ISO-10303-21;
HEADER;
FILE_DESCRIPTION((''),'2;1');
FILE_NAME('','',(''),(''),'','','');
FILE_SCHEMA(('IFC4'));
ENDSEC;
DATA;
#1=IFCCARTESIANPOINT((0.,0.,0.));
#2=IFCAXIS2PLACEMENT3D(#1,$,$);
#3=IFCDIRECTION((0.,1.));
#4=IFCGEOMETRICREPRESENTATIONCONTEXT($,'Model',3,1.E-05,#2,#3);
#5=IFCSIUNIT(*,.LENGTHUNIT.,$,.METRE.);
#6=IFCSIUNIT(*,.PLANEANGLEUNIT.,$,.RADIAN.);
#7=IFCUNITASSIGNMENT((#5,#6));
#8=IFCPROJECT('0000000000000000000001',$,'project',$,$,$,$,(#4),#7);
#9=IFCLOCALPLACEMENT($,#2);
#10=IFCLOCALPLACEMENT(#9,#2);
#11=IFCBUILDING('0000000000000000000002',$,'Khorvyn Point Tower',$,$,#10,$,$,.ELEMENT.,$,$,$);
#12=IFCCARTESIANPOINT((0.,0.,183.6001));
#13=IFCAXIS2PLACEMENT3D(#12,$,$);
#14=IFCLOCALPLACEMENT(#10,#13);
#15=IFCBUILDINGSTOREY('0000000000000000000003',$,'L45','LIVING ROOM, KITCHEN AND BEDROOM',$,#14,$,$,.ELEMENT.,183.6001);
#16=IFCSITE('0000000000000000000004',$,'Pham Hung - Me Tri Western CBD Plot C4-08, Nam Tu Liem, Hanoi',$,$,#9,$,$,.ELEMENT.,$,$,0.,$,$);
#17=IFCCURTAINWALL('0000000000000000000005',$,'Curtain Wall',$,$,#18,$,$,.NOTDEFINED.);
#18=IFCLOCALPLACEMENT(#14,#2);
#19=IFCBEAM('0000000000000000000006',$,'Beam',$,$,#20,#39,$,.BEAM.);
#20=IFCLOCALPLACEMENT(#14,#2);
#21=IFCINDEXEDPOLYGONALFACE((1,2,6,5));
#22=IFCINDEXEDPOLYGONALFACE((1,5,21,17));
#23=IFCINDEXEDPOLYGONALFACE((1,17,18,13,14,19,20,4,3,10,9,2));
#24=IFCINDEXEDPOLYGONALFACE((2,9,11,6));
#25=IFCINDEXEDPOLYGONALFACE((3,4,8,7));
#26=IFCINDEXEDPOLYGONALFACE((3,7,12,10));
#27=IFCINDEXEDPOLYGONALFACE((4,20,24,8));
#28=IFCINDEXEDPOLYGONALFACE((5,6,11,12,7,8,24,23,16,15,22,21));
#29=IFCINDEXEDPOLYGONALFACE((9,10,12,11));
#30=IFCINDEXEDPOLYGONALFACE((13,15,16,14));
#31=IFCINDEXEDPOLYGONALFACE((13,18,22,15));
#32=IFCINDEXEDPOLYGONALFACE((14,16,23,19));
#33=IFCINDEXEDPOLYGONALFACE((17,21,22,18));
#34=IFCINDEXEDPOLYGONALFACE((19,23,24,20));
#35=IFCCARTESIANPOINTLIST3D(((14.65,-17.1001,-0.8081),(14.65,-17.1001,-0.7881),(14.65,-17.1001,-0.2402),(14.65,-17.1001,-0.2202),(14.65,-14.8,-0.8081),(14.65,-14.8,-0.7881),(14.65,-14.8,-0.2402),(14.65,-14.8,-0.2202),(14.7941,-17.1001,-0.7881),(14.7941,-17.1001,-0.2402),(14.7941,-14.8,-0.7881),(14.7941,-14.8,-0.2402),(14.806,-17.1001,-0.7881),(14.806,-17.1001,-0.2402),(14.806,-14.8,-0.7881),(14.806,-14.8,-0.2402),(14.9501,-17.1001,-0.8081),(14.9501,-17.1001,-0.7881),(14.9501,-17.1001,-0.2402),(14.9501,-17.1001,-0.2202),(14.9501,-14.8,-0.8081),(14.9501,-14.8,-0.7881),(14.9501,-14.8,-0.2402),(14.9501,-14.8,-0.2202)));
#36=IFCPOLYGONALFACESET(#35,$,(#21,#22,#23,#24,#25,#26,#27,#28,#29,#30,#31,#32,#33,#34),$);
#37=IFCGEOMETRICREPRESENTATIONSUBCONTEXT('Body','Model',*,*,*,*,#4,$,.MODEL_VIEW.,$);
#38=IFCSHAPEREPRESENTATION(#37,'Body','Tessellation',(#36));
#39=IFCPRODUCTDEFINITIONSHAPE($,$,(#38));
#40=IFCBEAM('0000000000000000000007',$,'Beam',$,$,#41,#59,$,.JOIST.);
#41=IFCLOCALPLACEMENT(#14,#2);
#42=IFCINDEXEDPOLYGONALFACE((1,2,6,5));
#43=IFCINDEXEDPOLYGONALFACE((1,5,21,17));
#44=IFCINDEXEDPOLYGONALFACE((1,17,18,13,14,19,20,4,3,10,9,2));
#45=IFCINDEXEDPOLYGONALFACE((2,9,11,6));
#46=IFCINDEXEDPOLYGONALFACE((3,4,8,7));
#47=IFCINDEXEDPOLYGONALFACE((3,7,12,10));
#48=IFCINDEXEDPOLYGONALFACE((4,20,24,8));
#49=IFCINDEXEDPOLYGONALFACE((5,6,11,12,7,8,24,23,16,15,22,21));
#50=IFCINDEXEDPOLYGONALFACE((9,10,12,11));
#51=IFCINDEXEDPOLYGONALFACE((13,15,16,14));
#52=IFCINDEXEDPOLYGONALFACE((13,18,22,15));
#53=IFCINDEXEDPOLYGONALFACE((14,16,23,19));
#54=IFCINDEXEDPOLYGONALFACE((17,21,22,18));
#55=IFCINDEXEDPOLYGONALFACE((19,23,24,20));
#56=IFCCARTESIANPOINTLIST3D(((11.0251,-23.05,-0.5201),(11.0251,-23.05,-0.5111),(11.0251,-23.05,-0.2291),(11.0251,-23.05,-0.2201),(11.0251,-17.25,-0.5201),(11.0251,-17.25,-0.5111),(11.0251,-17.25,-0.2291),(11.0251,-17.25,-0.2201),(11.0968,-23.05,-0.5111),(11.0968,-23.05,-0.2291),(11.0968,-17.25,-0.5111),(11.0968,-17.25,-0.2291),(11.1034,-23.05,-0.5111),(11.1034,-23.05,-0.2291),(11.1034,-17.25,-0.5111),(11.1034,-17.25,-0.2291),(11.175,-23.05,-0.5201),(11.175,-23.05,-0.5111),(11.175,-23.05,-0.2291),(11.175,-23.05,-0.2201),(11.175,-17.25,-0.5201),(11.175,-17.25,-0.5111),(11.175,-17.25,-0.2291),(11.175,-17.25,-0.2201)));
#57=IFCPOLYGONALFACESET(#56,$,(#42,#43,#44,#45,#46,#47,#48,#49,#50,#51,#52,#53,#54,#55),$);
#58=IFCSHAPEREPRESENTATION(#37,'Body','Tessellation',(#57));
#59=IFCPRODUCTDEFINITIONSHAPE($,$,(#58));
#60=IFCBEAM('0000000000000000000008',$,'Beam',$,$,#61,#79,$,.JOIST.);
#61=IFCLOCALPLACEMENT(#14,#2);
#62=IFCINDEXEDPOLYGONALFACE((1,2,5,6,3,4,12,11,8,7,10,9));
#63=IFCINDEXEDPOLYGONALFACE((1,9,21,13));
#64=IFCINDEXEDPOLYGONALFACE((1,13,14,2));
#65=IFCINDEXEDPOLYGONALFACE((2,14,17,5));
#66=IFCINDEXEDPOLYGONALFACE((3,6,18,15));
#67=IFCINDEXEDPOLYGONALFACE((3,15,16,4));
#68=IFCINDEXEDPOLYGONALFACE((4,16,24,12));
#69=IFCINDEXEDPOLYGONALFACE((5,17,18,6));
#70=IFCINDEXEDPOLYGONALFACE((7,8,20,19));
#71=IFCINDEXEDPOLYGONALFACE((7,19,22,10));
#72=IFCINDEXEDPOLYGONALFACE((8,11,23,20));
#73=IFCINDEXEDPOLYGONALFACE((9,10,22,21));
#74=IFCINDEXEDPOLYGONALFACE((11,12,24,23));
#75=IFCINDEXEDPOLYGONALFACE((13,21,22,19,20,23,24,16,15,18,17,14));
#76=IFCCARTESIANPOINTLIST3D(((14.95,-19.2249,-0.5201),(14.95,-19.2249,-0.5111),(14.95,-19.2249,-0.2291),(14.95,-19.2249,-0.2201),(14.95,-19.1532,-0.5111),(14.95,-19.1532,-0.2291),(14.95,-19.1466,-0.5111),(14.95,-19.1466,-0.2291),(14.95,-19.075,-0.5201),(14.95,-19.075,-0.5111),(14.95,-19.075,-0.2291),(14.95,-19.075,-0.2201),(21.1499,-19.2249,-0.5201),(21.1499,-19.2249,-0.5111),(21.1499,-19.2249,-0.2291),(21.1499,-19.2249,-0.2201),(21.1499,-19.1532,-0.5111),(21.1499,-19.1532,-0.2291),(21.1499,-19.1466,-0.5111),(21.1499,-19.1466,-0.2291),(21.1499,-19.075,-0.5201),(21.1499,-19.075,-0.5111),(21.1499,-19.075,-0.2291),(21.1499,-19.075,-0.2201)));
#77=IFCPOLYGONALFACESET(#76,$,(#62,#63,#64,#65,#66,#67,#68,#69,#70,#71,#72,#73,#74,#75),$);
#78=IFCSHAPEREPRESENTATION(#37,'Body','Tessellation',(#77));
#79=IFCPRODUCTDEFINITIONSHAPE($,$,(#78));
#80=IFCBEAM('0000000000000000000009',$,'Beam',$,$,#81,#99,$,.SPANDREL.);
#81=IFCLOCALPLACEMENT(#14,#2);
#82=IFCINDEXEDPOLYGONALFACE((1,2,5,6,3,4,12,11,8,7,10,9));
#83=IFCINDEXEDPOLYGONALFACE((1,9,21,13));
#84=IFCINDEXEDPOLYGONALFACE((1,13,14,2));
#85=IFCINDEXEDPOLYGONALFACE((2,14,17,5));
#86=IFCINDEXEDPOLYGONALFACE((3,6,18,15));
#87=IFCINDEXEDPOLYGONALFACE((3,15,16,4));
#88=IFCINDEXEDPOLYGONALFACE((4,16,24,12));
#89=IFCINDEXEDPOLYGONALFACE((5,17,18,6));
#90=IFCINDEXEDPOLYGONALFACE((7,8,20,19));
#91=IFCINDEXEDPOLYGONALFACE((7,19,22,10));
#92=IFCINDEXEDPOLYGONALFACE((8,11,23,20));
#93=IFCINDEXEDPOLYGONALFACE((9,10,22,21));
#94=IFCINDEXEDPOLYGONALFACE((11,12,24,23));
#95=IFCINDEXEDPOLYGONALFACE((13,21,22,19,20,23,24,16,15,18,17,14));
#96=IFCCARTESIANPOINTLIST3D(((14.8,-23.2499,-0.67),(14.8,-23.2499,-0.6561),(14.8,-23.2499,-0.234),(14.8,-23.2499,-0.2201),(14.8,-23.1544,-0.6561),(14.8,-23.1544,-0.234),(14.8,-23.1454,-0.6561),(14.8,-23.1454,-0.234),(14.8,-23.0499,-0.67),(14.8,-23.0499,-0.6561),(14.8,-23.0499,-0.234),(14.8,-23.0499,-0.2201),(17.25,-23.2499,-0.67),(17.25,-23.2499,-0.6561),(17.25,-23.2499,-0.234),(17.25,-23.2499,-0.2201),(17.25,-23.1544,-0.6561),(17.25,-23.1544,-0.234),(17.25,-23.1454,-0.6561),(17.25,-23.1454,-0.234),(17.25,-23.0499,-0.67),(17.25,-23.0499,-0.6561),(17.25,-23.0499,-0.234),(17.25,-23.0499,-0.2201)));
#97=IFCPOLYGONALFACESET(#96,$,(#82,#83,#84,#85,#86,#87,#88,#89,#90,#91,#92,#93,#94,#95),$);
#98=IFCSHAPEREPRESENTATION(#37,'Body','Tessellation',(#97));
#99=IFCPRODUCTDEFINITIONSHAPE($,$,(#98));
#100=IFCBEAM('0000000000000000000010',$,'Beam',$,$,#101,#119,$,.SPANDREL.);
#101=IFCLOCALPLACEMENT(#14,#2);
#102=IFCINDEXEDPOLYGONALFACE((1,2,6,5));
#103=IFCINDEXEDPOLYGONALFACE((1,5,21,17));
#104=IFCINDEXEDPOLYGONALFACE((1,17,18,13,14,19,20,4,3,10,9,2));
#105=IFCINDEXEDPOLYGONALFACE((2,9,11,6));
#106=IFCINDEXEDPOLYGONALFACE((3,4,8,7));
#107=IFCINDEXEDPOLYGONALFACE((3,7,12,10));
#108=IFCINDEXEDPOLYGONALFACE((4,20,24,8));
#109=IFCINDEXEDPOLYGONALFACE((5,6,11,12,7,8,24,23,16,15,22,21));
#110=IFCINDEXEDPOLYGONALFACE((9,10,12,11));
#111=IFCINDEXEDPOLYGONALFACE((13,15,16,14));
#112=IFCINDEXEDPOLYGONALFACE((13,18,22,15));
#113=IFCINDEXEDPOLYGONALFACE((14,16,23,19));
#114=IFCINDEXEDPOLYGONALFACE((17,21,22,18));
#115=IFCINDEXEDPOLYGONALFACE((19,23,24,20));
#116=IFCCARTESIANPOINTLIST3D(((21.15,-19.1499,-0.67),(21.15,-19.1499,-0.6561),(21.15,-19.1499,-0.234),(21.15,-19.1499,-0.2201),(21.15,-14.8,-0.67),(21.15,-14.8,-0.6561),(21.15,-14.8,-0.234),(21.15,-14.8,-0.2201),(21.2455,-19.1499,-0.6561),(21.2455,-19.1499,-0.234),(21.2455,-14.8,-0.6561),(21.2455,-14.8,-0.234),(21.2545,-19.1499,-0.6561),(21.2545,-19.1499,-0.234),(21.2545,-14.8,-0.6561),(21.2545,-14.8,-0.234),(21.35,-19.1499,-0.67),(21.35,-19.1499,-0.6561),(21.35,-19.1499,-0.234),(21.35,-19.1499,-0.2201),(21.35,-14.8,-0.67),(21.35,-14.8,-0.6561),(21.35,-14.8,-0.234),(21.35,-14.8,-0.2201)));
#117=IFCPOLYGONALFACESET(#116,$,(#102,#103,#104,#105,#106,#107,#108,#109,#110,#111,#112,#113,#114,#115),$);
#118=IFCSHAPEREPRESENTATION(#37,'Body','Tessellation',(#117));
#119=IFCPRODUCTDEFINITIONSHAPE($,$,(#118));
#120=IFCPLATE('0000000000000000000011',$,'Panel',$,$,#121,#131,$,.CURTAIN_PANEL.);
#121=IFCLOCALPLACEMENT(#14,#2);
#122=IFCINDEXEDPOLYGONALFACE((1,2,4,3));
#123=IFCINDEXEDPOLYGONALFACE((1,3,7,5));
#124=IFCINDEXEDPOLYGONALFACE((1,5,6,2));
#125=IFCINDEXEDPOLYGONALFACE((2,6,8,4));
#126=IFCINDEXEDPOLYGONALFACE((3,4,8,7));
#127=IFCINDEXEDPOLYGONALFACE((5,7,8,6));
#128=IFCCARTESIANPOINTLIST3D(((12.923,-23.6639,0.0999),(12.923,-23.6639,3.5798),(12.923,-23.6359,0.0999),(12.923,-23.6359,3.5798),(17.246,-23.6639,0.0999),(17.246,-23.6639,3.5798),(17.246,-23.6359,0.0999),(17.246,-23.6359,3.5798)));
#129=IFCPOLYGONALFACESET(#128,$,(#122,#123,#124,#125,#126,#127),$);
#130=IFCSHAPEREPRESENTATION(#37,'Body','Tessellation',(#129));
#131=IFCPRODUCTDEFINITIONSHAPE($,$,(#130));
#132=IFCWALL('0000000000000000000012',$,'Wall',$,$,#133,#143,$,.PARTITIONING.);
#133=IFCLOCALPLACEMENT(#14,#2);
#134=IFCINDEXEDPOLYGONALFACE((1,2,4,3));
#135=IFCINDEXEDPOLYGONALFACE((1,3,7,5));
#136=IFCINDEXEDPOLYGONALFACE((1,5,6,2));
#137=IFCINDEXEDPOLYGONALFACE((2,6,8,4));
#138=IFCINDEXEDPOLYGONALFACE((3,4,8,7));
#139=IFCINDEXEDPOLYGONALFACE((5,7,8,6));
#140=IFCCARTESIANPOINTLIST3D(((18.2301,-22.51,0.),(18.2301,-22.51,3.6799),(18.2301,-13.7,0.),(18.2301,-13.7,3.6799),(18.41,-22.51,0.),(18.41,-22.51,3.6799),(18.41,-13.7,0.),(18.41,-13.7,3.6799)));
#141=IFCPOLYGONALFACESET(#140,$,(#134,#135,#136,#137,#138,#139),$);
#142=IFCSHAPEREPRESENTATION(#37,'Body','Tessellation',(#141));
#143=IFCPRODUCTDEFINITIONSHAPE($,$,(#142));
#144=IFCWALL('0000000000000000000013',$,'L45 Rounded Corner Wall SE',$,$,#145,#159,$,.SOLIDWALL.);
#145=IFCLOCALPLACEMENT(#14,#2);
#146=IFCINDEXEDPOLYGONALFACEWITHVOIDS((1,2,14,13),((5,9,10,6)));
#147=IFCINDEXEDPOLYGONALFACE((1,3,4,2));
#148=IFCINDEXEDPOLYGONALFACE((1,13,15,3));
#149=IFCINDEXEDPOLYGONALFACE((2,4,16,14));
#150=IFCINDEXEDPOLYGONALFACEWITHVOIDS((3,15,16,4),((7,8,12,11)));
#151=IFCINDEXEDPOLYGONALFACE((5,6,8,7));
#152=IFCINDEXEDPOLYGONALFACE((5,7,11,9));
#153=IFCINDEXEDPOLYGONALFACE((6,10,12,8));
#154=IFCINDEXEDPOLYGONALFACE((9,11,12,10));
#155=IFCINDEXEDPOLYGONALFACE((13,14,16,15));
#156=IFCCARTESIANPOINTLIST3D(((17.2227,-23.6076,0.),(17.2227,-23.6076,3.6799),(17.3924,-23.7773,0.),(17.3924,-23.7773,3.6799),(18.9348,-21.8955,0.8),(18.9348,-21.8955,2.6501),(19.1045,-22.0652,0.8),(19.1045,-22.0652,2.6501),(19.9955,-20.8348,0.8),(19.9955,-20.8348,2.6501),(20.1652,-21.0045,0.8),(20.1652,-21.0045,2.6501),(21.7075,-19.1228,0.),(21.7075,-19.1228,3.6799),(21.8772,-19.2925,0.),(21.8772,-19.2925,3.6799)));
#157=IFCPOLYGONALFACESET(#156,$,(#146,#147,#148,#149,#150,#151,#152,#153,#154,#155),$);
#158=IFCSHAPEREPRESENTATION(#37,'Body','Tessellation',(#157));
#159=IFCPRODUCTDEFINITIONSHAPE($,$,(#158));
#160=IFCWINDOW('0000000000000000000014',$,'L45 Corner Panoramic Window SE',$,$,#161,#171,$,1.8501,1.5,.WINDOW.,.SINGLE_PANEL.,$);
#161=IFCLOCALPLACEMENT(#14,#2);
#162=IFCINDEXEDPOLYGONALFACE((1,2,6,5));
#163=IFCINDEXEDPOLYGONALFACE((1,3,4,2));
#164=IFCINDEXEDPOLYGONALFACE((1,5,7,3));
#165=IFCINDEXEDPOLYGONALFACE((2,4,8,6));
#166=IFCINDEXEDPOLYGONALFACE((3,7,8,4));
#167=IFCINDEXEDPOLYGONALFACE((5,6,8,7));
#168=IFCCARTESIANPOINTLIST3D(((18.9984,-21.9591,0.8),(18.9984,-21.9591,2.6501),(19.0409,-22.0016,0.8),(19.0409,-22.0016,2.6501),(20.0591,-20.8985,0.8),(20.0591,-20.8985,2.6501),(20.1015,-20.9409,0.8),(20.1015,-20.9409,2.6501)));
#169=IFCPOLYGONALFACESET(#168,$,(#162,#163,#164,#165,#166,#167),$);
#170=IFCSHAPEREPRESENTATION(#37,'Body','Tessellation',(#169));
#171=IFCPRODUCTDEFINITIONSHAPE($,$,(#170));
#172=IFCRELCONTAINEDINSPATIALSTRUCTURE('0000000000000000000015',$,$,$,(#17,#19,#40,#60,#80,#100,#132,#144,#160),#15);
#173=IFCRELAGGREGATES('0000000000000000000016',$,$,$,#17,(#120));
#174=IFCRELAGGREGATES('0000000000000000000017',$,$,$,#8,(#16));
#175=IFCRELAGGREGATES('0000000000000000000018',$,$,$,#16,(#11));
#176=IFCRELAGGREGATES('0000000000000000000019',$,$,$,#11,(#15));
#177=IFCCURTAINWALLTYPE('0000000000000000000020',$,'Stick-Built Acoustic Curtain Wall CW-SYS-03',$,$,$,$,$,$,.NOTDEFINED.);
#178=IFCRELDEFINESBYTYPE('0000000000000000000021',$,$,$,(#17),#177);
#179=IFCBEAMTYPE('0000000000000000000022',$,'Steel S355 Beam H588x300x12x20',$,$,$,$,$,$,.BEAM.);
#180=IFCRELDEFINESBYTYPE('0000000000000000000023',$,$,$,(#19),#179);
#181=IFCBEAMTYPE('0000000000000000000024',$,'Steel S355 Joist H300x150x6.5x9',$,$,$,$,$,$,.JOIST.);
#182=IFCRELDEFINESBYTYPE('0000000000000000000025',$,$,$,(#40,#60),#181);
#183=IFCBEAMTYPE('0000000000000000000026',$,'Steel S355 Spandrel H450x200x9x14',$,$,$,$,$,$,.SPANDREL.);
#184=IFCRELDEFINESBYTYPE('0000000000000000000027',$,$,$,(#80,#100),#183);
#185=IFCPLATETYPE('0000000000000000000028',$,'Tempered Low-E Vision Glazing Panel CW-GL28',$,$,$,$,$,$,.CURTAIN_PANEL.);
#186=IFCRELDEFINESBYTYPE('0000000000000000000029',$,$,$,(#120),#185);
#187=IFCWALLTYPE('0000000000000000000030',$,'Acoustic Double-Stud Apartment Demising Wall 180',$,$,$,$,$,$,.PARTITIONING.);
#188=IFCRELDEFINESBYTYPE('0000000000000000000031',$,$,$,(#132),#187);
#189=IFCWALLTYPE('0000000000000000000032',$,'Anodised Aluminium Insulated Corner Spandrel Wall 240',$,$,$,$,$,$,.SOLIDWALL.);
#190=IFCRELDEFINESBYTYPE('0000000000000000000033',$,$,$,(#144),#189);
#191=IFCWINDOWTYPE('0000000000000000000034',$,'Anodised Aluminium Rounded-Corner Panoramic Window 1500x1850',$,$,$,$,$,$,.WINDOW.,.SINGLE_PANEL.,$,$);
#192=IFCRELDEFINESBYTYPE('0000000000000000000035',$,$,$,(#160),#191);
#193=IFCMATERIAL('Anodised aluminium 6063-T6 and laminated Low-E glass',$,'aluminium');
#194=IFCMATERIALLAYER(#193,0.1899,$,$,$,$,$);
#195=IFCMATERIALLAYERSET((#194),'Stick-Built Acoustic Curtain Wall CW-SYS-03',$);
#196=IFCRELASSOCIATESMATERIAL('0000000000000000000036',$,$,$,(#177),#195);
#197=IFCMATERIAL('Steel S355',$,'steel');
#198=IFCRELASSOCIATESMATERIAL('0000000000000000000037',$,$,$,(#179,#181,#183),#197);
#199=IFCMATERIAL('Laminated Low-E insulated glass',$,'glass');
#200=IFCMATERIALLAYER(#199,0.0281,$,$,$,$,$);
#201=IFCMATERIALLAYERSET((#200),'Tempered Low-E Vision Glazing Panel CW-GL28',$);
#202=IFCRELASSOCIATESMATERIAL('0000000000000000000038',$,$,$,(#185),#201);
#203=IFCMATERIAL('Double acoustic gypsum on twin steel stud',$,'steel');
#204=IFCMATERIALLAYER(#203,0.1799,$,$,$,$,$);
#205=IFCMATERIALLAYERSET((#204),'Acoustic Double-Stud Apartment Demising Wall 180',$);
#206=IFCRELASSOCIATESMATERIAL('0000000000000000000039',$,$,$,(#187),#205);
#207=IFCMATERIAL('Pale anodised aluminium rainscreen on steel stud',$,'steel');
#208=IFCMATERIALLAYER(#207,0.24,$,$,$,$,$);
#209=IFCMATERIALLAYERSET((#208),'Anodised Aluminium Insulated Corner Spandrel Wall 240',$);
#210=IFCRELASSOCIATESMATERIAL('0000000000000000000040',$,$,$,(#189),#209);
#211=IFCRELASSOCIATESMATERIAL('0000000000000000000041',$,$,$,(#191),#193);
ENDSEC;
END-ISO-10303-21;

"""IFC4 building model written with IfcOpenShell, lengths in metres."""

from ifc_helpers import new_model, si_unit, direction, frame, frame_2d, origin, origin_2d, place, context, subcontext, project, spatial, rectangle, i_section, extrude, material, layer, layer_set, material_profile, profile_set, type_object, element, fill, aggregate, save


model = new_model("IFC4")

# Units and contexts
model_context = context("Model", 3, precision=1e-05, world=origin(), true_north=direction((0.0, 1.0)))
body_context = subcontext(model_context, "Body", "Model", "MODEL_VIEW")
ifc_project = project(units=[si_unit("LENGTHUNIT", "METRE"), si_unit("PLANEANGLEUNIT", "RADIAN")], contexts=[model_context])

# Site, building, storey
site_placement = place(None, origin())
site = spatial("IfcSite", under=ifc_project, at=site_placement, Name="Pham Hung - Me Tri Western CBD Plot C4-08, Nam Tu Liem, Hanoi", CompositionType="ELEMENT", RefElevation=0.0)
building_placement = place(site_placement, origin())
building = spatial("IfcBuilding", under=site, at=building_placement, Name="Khorvyn Point Tower", CompositionType="ELEMENT")
storey_placement = place(building_placement, frame((0.0, 0.0, 183.6001)))
storey = spatial("IfcBuildingStorey", under=building, at=storey_placement, Name="L45", Description="LIVING ROOM, KITCHEN AND BEDROOM", CompositionType="ELEMENT", Elevation=183.6001)

# Curtain wall
ifc_material_1 = material(Name="Anodised aluminium 6063-T6 and laminated Low-E glass", Category="aluminium")
ifc_layer_1 = layer(ifc_material_1, 0.1899)
ifc_layer_set_1 = layer_set([ifc_layer_1], Name="Stick-Built Acoustic Curtain Wall CW-SYS-03")
curtain_wall_type = type_object("IfcCurtainWallType", Name="Stick-Built Acoustic Curtain Wall CW-SYS-03", PredefinedType="NOTDEFINED", material=ifc_layer_set_1)
curtain_wall_1_placement = place(storey_placement, origin())
curtain_wall_1 = element("IfcCurtainWall", 1, at=curtain_wall_1_placement, inside=storey, type_object=curtain_wall_type, Name="Curtain Wall", PredefinedType="NOTDEFINED")

# Beams
ifc_material_2 = material(Name="Steel S355", Category="steel")
ifc_material_profile_1 = material_profile(ifc_material_2, i_section(OverallWidth=0.3, OverallDepth=0.5879, WebThickness=0.012, FlangeThickness=0.02, at=origin_2d()))
ifc_profile_set_1 = profile_set([ifc_material_profile_1], Name="Steel S355 H588x300x12x20")
beam_type_1 = type_object("IfcBeamType", Name="Steel S355 Beam H588x300x12x20", PredefinedType="BEAM", material=ifc_profile_set_1)
beam_1_placement = place(storey_placement, frame((14.8, -17.1001, -0.5142), z_axis=(0.0, 1.0, 0.0), x_axis=(-1.0, 0.0, 0.0)))
element("IfcBeam", 2, at=beam_1_placement, inside=storey, type_object=beam_type_1, Name="Beam", PredefinedType="BEAM", context=body_context, shape_type="SweptSolid", body=[
    extrude(i_section(OverallWidth=0.3, OverallDepth=0.5879, WebThickness=0.012, FlangeThickness=0.02, at=origin_2d()), origin(), (0.0, 0.0, 1.0), 2.3),
])
ifc_material_profile_2 = material_profile(ifc_material_2, i_section(OverallWidth=0.1499, OverallDepth=0.3, WebThickness=0.0066, FlangeThickness=0.009, at=origin_2d()))
ifc_profile_set_2 = profile_set([ifc_material_profile_2], Name="Steel S355 H300x150x6.5x9")
beam_type_2 = type_object("IfcBeamType", Name="Steel S355 Joist H300x150x6.5x9", PredefinedType="JOIST", material=ifc_profile_set_2)
beam_2_placement = place(storey_placement, frame((11.1001, -23.05, -0.3701), z_axis=(0.0, 1.0, 0.0), x_axis=(-1.0, 0.0, 0.0)))
element("IfcBeam", 3, at=beam_2_placement, inside=storey, type_object=beam_type_2, Name="Beam", PredefinedType="JOIST", context=body_context, shape_type="SweptSolid", body=[
    extrude(i_section(OverallWidth=0.1499, OverallDepth=0.3, WebThickness=0.0066, FlangeThickness=0.009, at=origin_2d()), origin(), (0.0, 0.0, 1.0), 5.8),
])
beam_3_placement = place(storey_placement, frame((14.95, -19.1499, -0.3701), z_axis=(1.0, 0.0, 0.0), x_axis=(0.0, 1.0, 0.0)))
element("IfcBeam", 4, at=beam_3_placement, inside=storey, type_object=beam_type_2, Name="Beam", PredefinedType="JOIST", context=body_context, shape_type="SweptSolid", body=[
    extrude(i_section(OverallWidth=0.1499, OverallDepth=0.3, WebThickness=0.0066, FlangeThickness=0.009, at=origin_2d()), origin(), (0.0, 0.0, 1.0), 6.2),
])
ifc_material_profile_3 = material_profile(ifc_material_2, i_section(OverallWidth=0.2, OverallDepth=0.45, WebThickness=0.009, FlangeThickness=0.0139, at=origin_2d()))
ifc_profile_set_3 = profile_set([ifc_material_profile_3], Name="Steel S355 H450x200x9x14")
beam_type_3 = type_object("IfcBeamType", Name="Steel S355 Spandrel H450x200x9x14", PredefinedType="SPANDREL", material=ifc_profile_set_3)
beam_4_placement = place(storey_placement, frame((14.8, -23.1499, -0.4451), z_axis=(1.0, 0.0, 0.0), x_axis=(0.0, 1.0, 0.0)))
element("IfcBeam", 5, at=beam_4_placement, inside=storey, type_object=beam_type_3, Name="Beam", PredefinedType="SPANDREL", context=body_context, shape_type="SweptSolid", body=[
    extrude(i_section(OverallWidth=0.2, OverallDepth=0.45, WebThickness=0.009, FlangeThickness=0.0139, at=origin_2d()), origin(), (0.0, 0.0, 1.0), 2.45),
])
beam_5_placement = place(storey_placement, frame((21.25, -19.1499, -0.4451), z_axis=(0.0, 1.0, 0.0), x_axis=(-1.0, 0.0, 0.0)))
element("IfcBeam", 6, at=beam_5_placement, inside=storey, type_object=beam_type_3, Name="Beam", PredefinedType="SPANDREL", context=body_context, shape_type="SweptSolid", body=[
    extrude(i_section(OverallWidth=0.2, OverallDepth=0.45, WebThickness=0.009, FlangeThickness=0.0139, at=origin_2d()), origin(), (0.0, 0.0, 1.0), 4.3499),
])

# Plate
ifc_material_3 = material(Name="Laminated Low-E insulated glass", Category="glass")
ifc_layer_2 = layer(ifc_material_3, 0.0281)
ifc_layer_set_2 = layer_set([ifc_layer_2], Name="Tempered Low-E Vision Glazing Panel CW-GL28")
plate_type = type_object("IfcPlateType", Name="Tempered Low-E Vision Glazing Panel CW-GL28", PredefinedType="CURTAIN_PANEL", material=ifc_layer_set_2)
plate_placement = place(storey_placement, frame((15.0845, -23.6499, 0.0999), z_axis=(0.0, 0.0, 1.0), x_axis=(-1.0, 0.0, 0.0)))
plate = element("IfcPlate", 7, at=plate_placement, type_object=plate_type, Name="Panel", PredefinedType="CURTAIN_PANEL", context=body_context, shape_type="SweptSolid", body=[
    extrude(rectangle(XDim=4.323, YDim=0.0281, at=origin_2d()), origin(), (0.0, 0.0, 1.0), 3.48),
])
aggregate(curtain_wall_1, [plate])

# Wall
ifc_material_4 = material(Name="Double acoustic gypsum on twin steel stud", Category="steel")
ifc_layer_3 = layer(ifc_material_4, 0.1799)
ifc_layer_set_3 = layer_set([ifc_layer_3], Name="Acoustic Double-Stud Apartment Demising Wall 180")
wall_type_1 = type_object("IfcWallType", Name="Acoustic Double-Stud Apartment Demising Wall 180", PredefinedType="PARTITIONING", material=ifc_layer_set_3)
wall_1_placement = place(storey_placement, frame((18.3201, -22.51, 0.0), z_axis=(0.0, 0.0, 1.0), x_axis=(0.0, 1.0, 0.0)))
element("IfcWall", 8, at=wall_1_placement, inside=storey, type_object=wall_type_1, Name="Wall", PredefinedType="PARTITIONING", context=body_context, shape_type="SweptSolid", body=[
    extrude(rectangle(XDim=8.8101, YDim=0.1799, at=frame_2d((4.405, 0.0))), origin(), (0.0, 0.0, 1.0), 3.6799),
])

# Wall, opening, window
ifc_material_5 = material(Name="Pale anodised aluminium rainscreen on steel stud", Category="steel")
ifc_layer_4 = layer(ifc_material_5, 0.24)
ifc_layer_set_4 = layer_set([ifc_layer_4], Name="Anodised Aluminium Insulated Corner Spandrel Wall 240")
wall_type_2 = type_object("IfcWallType", Name="Anodised Aluminium Insulated Corner Spandrel Wall 240", PredefinedType="SOLIDWALL", material=ifc_layer_set_4)
wall_2_placement = place(storey_placement, frame((21.7925, -19.2075, 0.0), z_axis=(0.0, 0.0, 1.0), x_axis=(-0.707107, -0.707107, 0.0)))
wall_2 = element("IfcWall", 9, at=wall_2_placement, inside=storey, type_object=wall_type_2, Name="L45 Rounded Corner Wall SE", PredefinedType="SOLIDWALL", context=body_context, shape_type="SweptSolid", body=[
    extrude(rectangle(XDim=6.3425, YDim=0.24, at=frame_2d((3.1714, 0.0))), origin(), (0.0, 0.0, 1.0), 3.6799),
])
opening_1_placement = place(wall_2_placement, frame((2.4214, 0.0, 0.8)))
opening_1 = element("IfcOpeningElement", 10, at=opening_1_placement, cuts=wall_2, PredefinedType="OPENING", context=body_context, shape_type="SweptSolid", body=[
    extrude(rectangle(XDim=1.5, YDim=1.8501, at=frame_2d((0.75, 0.925))), frame((0.0, 0.1299, 0.0), z_axis=(0.0, -1.0, 0.0), x_axis=(1.0, 0.0, 0.0)), (0.0, 0.0, 1.0), 0.26),
])
window_type = type_object("IfcWindowType", Name="Anodised Aluminium Rounded-Corner Panoramic Window 1500x1850", PartitioningType="SINGLE_PANEL", PredefinedType="WINDOW", material=ifc_material_1)
window_placement = place(opening_1_placement, origin())
window = element("IfcWindow", 11, at=window_placement, inside=storey, type_object=window_type, Name="L45 Corner Panoramic Window SE", OverallHeight=1.8501, OverallWidth=1.5, PartitioningType="SINGLE_PANEL", PredefinedType="WINDOW", context=body_context, shape_type="SweptSolid", body=[
    extrude(rectangle(XDim=1.5, YDim=1.8501, at=frame_2d((0.75, 0.925))), frame((0.0, 0.03, 0.0), z_axis=(0.0, -1.0, 0.0), x_axis=(1.0, 0.0, 0.0)), (0.0, 0.0, 1.0), 0.0601),
])
fill(opening_1, window)

save(model, "model.ifc")
